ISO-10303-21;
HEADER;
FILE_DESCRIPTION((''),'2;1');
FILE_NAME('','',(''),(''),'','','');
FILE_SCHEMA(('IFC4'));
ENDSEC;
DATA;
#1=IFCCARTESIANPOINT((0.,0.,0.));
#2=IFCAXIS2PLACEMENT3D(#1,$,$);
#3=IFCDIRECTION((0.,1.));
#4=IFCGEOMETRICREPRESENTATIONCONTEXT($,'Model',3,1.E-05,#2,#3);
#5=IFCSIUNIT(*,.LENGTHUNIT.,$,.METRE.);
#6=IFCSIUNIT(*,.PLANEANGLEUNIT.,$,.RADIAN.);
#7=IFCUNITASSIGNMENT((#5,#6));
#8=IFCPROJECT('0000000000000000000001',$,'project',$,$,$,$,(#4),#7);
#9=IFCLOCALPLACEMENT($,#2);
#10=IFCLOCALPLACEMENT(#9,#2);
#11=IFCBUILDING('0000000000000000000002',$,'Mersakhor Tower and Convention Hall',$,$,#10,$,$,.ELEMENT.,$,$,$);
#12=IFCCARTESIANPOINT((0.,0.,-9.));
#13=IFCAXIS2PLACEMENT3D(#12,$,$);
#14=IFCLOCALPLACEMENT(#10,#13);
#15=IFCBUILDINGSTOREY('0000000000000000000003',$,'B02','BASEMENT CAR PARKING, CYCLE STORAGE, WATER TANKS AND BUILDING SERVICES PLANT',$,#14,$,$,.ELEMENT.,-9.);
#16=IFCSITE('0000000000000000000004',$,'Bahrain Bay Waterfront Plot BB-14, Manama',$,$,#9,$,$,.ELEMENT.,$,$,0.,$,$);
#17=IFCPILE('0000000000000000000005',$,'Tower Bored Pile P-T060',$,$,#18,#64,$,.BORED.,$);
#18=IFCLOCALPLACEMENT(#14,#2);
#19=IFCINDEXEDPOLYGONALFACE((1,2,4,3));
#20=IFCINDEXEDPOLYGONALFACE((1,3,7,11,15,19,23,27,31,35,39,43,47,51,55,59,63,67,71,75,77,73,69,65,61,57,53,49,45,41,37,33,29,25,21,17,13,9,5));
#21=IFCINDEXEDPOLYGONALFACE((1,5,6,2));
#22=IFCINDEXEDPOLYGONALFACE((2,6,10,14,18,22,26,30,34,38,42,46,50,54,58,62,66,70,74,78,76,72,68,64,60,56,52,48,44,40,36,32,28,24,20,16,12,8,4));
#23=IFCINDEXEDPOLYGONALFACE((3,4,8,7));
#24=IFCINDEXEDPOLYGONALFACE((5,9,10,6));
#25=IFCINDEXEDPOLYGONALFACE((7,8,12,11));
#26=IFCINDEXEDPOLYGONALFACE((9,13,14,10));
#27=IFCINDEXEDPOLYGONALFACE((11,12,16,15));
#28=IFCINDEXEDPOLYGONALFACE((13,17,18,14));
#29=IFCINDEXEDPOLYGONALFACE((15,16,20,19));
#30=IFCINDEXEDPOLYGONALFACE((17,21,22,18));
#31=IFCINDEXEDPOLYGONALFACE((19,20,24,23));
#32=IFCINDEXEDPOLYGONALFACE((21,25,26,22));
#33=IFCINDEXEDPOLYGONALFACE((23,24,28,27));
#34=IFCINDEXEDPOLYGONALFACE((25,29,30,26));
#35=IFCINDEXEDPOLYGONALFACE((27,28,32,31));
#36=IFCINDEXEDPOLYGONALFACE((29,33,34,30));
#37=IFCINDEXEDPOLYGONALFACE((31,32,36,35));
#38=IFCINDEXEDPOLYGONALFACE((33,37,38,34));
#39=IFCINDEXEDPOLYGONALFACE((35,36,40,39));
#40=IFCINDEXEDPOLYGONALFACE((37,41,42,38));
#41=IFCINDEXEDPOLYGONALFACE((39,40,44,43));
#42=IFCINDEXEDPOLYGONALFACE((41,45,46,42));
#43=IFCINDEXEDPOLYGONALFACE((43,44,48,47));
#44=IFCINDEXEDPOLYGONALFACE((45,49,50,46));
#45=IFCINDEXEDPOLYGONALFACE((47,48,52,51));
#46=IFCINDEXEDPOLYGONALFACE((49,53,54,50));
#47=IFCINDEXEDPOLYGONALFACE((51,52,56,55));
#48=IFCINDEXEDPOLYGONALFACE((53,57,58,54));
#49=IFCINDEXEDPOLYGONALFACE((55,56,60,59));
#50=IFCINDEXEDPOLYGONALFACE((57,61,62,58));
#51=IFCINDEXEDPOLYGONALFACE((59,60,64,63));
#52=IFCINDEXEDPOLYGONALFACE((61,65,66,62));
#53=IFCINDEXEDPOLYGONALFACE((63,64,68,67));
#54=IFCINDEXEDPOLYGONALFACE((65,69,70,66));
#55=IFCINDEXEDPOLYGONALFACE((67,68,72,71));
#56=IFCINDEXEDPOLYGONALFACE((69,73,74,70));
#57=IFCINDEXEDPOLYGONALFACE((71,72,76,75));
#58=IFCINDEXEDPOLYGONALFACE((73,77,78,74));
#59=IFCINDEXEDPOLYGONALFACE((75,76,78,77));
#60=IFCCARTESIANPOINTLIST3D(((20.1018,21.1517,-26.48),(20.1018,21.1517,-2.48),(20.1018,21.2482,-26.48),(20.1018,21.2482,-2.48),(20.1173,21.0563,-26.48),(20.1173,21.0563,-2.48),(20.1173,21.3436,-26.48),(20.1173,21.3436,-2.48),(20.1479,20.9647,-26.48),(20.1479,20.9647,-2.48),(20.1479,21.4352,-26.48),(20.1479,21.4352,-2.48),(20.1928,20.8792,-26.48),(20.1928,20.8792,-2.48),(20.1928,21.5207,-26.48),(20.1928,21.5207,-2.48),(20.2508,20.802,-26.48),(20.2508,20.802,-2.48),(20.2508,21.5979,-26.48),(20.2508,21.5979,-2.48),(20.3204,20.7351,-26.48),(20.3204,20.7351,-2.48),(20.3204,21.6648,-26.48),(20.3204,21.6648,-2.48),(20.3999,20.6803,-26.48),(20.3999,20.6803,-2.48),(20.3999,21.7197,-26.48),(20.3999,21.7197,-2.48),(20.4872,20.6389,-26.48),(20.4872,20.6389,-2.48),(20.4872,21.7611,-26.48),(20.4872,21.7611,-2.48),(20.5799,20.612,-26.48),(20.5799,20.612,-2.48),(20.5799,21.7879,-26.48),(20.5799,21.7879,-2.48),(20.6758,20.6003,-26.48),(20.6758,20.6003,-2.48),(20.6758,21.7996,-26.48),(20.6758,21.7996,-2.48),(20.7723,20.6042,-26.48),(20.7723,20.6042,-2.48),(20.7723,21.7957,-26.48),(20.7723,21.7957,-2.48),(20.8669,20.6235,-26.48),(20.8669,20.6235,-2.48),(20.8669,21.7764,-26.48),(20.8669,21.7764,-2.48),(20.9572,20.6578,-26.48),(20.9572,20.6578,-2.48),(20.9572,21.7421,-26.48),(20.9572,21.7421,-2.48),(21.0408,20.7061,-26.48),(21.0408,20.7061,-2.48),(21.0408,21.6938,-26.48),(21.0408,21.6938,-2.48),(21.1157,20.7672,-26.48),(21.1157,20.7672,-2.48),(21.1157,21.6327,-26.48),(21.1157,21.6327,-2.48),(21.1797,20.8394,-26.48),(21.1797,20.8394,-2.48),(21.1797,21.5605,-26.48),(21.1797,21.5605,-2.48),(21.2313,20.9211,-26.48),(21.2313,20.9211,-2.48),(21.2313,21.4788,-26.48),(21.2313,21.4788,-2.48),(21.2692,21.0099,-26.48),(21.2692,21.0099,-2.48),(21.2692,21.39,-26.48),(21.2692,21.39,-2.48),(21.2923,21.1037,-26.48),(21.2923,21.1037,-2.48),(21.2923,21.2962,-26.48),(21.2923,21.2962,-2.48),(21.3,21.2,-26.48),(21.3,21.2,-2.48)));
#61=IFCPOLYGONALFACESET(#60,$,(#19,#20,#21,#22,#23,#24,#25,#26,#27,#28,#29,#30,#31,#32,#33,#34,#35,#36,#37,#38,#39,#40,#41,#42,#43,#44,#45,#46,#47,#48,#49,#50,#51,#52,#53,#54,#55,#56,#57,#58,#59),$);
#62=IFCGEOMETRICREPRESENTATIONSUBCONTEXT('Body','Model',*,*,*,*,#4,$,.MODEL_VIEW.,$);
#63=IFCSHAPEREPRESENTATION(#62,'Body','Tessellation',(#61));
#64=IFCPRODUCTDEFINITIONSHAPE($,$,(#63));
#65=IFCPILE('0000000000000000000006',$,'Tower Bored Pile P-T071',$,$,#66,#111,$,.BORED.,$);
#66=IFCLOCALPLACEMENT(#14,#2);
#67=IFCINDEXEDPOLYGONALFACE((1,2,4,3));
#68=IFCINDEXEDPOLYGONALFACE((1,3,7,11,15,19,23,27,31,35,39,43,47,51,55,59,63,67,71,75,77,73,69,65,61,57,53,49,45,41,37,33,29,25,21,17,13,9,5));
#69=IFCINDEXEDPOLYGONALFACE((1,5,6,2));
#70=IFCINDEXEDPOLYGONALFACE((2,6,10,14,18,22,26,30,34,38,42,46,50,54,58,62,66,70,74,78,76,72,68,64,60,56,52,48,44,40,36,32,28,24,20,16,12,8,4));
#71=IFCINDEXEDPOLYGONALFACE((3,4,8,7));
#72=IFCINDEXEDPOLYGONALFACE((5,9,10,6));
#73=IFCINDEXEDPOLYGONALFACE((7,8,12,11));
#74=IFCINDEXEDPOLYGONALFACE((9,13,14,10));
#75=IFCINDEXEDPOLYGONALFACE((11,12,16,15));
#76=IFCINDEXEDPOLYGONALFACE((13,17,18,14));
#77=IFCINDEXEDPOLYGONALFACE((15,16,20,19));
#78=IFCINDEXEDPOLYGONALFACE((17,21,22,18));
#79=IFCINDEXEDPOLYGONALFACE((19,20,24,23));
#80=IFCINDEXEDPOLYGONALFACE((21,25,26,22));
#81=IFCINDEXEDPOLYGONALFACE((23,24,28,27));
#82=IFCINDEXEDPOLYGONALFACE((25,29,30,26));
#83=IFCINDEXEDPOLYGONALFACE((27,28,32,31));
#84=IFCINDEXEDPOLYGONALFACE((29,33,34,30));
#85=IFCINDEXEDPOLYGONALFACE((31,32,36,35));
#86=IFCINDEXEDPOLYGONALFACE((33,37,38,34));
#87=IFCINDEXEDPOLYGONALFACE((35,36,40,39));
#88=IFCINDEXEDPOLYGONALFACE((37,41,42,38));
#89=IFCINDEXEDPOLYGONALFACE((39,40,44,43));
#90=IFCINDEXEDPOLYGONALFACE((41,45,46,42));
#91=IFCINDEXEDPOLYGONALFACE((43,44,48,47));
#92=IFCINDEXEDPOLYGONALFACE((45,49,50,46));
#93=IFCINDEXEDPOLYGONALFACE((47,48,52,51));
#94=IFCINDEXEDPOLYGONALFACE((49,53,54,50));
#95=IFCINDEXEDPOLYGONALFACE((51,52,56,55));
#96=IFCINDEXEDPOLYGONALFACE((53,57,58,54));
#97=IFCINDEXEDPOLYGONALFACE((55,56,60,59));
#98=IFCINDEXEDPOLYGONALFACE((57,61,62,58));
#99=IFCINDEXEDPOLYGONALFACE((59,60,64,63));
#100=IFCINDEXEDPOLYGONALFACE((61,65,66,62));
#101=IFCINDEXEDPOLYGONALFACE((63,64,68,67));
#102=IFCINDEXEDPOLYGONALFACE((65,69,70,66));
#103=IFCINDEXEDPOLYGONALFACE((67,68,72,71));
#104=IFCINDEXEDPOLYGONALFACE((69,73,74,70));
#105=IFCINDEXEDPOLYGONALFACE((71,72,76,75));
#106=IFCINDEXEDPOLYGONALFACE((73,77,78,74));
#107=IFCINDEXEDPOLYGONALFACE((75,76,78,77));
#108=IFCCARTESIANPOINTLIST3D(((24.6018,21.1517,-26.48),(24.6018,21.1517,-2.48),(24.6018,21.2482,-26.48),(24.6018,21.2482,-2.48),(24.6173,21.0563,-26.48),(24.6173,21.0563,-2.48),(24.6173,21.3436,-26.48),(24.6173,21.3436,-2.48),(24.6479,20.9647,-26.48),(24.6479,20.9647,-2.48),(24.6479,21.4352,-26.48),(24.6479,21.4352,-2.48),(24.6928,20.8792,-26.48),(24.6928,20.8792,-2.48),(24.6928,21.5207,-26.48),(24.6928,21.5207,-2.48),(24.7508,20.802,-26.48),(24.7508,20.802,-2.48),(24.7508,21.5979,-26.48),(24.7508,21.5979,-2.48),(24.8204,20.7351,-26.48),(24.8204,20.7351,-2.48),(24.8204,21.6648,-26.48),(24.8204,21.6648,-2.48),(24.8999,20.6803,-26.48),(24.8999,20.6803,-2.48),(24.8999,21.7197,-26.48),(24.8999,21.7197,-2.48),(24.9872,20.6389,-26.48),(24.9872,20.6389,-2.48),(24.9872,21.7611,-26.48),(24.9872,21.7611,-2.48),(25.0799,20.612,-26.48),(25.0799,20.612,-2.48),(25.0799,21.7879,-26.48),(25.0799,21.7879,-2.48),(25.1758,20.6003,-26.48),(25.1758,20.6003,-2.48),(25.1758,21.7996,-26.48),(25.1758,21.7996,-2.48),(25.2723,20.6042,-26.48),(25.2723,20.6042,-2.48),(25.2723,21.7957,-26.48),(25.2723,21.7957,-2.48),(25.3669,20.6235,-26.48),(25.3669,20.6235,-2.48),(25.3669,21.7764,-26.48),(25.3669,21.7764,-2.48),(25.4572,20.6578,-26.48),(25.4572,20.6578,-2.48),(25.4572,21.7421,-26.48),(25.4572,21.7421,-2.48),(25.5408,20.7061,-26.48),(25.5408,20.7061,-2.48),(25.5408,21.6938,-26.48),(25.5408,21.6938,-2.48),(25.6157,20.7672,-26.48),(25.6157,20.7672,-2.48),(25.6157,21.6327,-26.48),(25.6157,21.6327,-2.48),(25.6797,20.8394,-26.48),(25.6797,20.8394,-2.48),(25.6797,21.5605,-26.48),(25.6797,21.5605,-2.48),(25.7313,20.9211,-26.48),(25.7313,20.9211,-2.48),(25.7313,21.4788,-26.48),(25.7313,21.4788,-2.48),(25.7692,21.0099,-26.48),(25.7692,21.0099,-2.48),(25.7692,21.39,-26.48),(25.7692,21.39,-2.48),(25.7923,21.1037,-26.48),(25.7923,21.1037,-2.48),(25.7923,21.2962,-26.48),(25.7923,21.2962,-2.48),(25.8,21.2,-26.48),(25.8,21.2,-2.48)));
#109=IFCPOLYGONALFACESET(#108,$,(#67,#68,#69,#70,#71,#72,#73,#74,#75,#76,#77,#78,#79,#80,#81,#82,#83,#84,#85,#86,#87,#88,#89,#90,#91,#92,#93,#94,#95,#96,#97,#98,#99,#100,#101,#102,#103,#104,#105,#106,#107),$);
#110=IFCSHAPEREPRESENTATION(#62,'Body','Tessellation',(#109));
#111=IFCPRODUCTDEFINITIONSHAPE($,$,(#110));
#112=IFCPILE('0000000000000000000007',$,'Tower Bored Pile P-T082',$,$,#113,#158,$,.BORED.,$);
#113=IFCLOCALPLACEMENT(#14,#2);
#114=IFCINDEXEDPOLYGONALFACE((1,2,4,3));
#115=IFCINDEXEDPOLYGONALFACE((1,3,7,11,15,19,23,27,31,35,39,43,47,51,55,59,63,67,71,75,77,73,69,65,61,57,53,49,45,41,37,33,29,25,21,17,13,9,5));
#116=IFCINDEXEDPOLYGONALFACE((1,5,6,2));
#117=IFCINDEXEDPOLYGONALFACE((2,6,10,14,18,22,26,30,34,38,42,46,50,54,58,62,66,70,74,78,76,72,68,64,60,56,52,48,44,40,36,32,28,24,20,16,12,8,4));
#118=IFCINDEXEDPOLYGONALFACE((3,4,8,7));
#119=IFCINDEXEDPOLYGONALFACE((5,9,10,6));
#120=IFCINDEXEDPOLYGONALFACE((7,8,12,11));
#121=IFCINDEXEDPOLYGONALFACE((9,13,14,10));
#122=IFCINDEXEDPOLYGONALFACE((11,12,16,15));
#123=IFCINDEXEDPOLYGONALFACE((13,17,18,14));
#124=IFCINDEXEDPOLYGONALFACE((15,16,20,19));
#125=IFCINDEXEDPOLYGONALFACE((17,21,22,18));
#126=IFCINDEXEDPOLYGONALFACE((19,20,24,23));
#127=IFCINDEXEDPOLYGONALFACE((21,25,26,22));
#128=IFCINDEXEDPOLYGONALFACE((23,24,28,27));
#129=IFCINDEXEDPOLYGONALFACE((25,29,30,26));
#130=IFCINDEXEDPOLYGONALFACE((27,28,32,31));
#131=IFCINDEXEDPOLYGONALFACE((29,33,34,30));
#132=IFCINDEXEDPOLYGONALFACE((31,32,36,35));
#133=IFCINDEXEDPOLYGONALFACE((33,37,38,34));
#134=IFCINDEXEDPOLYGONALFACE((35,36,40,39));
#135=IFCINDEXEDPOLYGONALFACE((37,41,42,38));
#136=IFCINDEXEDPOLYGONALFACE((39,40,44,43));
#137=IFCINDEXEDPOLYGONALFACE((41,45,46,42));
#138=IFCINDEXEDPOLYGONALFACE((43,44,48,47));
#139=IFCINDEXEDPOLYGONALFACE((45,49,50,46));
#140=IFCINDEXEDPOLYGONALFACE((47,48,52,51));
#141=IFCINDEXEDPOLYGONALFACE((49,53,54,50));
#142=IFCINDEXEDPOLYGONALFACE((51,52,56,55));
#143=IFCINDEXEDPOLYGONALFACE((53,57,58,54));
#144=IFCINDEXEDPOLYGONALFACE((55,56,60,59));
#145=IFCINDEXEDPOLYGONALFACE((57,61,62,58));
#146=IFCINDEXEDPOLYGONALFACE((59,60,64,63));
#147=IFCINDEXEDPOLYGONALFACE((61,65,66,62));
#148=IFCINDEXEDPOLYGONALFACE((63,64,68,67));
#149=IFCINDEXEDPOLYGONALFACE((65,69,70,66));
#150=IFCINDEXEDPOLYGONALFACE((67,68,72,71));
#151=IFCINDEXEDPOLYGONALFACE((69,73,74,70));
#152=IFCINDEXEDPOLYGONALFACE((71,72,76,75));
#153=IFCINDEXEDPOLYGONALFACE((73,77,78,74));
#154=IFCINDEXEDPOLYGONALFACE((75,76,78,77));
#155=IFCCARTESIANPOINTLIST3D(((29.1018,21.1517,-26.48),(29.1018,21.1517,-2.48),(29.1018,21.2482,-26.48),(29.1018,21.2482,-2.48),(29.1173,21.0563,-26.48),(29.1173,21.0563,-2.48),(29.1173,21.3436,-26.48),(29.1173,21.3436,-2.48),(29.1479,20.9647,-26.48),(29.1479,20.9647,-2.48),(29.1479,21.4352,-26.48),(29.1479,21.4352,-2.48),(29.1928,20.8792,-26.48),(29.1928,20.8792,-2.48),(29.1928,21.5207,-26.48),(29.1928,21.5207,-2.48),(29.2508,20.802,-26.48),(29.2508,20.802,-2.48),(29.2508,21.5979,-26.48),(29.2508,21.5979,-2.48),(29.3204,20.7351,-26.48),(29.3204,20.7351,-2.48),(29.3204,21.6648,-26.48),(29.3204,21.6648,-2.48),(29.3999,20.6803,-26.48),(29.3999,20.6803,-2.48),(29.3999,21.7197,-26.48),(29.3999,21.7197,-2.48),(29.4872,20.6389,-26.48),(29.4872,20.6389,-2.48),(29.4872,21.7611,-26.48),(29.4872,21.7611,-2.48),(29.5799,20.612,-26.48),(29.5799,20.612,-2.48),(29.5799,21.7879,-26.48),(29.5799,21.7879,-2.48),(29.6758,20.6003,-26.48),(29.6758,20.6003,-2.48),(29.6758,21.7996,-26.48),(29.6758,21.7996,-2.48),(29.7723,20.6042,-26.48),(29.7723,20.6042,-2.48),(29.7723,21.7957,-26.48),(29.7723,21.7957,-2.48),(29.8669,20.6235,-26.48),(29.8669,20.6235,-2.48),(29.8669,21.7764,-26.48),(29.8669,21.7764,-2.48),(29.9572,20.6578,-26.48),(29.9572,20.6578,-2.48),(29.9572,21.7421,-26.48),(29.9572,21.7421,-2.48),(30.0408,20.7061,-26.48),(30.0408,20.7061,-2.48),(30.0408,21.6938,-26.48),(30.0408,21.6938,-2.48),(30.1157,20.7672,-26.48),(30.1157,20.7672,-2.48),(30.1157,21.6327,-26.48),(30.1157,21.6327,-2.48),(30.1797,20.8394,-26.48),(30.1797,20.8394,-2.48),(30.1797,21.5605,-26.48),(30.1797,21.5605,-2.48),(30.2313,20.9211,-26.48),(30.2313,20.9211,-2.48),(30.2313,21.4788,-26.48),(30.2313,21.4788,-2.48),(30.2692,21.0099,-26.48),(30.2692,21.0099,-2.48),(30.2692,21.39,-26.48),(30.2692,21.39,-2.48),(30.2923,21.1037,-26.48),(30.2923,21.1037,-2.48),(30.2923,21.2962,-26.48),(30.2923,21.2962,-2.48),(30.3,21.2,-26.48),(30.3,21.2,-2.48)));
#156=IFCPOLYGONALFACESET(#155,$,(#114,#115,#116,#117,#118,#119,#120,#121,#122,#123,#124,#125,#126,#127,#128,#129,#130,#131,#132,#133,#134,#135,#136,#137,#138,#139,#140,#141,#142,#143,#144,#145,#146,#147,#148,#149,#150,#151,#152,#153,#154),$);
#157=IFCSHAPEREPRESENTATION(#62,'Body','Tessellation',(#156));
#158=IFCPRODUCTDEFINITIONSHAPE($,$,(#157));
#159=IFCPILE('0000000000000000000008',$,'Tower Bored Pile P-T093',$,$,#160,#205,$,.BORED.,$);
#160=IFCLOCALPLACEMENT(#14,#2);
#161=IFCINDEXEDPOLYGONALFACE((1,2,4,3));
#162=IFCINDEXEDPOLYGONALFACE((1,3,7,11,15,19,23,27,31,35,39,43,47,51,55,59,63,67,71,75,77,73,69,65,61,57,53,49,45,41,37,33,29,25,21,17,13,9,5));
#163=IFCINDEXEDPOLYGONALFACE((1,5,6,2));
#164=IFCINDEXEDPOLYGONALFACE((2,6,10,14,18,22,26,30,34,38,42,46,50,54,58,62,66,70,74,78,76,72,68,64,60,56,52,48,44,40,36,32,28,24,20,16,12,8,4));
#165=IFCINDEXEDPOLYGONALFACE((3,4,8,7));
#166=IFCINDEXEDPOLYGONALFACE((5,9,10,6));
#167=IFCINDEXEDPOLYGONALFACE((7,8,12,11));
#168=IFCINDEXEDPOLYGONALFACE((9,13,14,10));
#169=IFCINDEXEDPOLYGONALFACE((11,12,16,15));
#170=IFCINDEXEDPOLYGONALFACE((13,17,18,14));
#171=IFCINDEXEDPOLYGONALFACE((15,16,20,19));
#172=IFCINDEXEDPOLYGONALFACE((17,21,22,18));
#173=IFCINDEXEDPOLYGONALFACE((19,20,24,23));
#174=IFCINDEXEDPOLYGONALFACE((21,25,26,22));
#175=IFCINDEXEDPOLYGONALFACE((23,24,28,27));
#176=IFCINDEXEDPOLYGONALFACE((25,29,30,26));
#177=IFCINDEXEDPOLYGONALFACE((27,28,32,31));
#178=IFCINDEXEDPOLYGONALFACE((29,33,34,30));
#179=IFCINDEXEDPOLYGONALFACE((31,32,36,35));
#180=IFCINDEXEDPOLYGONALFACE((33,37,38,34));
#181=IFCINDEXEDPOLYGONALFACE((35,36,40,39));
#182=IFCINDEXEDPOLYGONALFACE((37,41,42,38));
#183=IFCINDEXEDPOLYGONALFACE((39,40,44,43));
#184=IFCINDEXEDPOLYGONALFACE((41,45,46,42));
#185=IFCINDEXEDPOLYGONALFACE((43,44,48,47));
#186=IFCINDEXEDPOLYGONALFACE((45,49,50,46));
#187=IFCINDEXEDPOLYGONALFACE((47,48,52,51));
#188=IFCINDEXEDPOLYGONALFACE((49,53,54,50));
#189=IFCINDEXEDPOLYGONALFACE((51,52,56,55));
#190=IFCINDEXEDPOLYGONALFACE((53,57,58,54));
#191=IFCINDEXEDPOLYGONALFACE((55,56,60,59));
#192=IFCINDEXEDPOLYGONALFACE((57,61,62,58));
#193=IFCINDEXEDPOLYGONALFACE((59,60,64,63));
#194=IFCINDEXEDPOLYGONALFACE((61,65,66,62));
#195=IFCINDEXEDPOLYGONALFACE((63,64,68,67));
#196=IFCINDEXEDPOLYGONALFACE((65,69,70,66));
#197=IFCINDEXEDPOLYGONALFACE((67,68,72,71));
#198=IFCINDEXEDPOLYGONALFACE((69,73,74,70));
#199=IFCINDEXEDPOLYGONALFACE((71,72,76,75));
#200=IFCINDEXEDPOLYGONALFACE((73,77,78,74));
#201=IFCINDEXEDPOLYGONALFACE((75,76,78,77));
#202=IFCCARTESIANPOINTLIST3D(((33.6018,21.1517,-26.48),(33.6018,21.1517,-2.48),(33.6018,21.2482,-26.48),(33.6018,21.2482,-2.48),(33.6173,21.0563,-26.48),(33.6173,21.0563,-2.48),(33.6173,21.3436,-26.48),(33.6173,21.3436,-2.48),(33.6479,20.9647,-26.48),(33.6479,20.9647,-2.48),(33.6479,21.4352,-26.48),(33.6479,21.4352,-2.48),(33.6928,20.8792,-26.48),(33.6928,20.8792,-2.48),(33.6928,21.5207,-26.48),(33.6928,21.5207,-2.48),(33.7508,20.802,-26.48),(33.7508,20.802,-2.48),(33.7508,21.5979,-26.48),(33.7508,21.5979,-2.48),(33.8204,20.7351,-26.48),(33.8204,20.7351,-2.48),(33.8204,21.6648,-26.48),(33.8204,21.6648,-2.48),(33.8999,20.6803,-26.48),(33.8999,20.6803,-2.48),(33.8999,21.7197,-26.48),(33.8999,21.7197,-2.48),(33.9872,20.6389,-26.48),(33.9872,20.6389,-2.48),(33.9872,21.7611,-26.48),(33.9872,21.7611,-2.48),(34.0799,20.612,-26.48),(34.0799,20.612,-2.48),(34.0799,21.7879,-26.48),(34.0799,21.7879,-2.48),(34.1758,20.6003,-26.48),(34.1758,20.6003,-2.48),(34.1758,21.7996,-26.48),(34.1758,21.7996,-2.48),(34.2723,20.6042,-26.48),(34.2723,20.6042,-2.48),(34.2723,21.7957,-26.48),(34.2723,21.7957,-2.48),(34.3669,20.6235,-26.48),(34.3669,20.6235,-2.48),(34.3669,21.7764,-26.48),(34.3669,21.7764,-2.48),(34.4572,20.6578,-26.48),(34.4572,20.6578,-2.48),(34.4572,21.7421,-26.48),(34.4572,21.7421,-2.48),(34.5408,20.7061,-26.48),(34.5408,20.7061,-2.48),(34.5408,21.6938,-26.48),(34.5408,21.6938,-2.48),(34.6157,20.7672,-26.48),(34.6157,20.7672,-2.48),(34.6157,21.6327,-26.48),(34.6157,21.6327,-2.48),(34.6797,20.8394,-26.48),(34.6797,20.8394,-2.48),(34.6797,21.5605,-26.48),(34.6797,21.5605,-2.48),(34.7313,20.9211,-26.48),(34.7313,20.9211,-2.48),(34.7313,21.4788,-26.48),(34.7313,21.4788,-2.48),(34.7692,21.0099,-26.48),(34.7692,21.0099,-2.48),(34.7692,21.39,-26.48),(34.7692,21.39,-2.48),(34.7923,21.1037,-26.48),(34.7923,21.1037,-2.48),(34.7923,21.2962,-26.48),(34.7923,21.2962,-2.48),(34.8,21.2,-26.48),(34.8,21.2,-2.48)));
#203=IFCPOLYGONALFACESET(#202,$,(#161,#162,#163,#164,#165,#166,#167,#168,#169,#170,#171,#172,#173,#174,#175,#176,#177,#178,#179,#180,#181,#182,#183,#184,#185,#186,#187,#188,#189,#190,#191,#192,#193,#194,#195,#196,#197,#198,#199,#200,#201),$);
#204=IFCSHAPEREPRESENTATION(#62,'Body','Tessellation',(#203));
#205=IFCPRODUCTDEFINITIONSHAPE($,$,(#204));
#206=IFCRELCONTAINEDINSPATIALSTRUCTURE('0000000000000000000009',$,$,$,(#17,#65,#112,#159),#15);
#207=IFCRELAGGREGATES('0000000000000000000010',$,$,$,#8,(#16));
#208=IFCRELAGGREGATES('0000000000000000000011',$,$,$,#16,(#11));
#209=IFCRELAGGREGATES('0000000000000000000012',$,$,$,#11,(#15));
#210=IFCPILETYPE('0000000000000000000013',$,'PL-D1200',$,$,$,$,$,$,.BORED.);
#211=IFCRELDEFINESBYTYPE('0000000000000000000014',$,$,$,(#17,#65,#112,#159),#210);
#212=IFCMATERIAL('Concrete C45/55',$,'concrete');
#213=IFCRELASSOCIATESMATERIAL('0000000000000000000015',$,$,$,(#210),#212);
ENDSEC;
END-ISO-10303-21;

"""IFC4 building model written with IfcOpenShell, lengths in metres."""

from ifc_helpers import new_model, si_unit, direction, frame, origin, origin_2d, place, context, subcontext, project, spatial, circle, extrude, material, material_profile, profile_set, type_object, element, save


model = new_model("IFC4")

# Units and contexts
model_context = context("Model", 3, precision=1e-05, world=origin(), true_north=direction((0.0, 1.0)))
body_context = subcontext(model_context, "Body", "Model", "MODEL_VIEW")
ifc_project = project(units=[si_unit("LENGTHUNIT", "METRE"), si_unit("PLANEANGLEUNIT", "RADIAN")], contexts=[model_context])

# Site, building, storey
site_placement = place(None, origin())
site = spatial("IfcSite", under=ifc_project, at=site_placement, Name="Bahrain Bay Waterfront Plot BB-14, Manama", CompositionType="ELEMENT", RefElevation=0.0)
building_placement = place(site_placement, origin())
building = spatial("IfcBuilding", under=site, at=building_placement, Name="Mersakhor Tower and Convention Hall", CompositionType="ELEMENT")
storey_placement = place(building_placement, frame((0.0, 0.0, -9.0)))
storey = spatial("IfcBuildingStorey", under=building, at=storey_placement, Name="B02", Description="BASEMENT CAR PARKING, CYCLE STORAGE, WATER TANKS AND BUILDING SERVICES PLANT", CompositionType="ELEMENT", Elevation=-9.0)

# Piles
ifc_material_1 = material(Name="Concrete C45/55", Category="concrete")
ifc_material_profile_1 = material_profile(ifc_material_1, circle(Radius=0.6001, at=origin_2d()), Name="PILE D1200")
ifc_profile_set_1 = profile_set([ifc_material_profile_1], Name="Concrete C45/55")
pile_type = type_object("IfcPileType", Name="PL-D1200", PredefinedType="BORED", material=ifc_profile_set_1)
for number, where, z_axis, x_axis, name in (
    (1, (20.7, 21.2, -2.48), (0.0, 0.0, -1.0), (1.0, 0.0, 0.0), "Tower Bored Pile P-T060"),
    (2, (25.2, 21.2, -2.48), (0.0, 0.0, -1.0), (1.0, 0.0, 0.0), "Tower Bored Pile P-T071"),
    (3, (29.7, 21.2, -2.48), (0.0, 0.0, -1.0), (1.0, 0.0, 0.0), "Tower Bored Pile P-T082"),
    (4, (34.2, 21.2, -2.48), (0.0, 0.0, -1.0), (1.0, 0.0, 0.0), "Tower Bored Pile P-T093"),
):
    element("IfcPile", number, at=place(storey_placement, frame(where, z_axis=z_axis, x_axis=x_axis)), inside=storey, type_object=pile_type, Name=name, PredefinedType="BORED", context=body_context, shape_type="SweptSolid", body=[
        extrude(circle(Radius=0.6001, at=origin_2d()), origin(), (0.0, 0.0, 1.0), 24.0),
    ])

save(model, "model.ifc")
